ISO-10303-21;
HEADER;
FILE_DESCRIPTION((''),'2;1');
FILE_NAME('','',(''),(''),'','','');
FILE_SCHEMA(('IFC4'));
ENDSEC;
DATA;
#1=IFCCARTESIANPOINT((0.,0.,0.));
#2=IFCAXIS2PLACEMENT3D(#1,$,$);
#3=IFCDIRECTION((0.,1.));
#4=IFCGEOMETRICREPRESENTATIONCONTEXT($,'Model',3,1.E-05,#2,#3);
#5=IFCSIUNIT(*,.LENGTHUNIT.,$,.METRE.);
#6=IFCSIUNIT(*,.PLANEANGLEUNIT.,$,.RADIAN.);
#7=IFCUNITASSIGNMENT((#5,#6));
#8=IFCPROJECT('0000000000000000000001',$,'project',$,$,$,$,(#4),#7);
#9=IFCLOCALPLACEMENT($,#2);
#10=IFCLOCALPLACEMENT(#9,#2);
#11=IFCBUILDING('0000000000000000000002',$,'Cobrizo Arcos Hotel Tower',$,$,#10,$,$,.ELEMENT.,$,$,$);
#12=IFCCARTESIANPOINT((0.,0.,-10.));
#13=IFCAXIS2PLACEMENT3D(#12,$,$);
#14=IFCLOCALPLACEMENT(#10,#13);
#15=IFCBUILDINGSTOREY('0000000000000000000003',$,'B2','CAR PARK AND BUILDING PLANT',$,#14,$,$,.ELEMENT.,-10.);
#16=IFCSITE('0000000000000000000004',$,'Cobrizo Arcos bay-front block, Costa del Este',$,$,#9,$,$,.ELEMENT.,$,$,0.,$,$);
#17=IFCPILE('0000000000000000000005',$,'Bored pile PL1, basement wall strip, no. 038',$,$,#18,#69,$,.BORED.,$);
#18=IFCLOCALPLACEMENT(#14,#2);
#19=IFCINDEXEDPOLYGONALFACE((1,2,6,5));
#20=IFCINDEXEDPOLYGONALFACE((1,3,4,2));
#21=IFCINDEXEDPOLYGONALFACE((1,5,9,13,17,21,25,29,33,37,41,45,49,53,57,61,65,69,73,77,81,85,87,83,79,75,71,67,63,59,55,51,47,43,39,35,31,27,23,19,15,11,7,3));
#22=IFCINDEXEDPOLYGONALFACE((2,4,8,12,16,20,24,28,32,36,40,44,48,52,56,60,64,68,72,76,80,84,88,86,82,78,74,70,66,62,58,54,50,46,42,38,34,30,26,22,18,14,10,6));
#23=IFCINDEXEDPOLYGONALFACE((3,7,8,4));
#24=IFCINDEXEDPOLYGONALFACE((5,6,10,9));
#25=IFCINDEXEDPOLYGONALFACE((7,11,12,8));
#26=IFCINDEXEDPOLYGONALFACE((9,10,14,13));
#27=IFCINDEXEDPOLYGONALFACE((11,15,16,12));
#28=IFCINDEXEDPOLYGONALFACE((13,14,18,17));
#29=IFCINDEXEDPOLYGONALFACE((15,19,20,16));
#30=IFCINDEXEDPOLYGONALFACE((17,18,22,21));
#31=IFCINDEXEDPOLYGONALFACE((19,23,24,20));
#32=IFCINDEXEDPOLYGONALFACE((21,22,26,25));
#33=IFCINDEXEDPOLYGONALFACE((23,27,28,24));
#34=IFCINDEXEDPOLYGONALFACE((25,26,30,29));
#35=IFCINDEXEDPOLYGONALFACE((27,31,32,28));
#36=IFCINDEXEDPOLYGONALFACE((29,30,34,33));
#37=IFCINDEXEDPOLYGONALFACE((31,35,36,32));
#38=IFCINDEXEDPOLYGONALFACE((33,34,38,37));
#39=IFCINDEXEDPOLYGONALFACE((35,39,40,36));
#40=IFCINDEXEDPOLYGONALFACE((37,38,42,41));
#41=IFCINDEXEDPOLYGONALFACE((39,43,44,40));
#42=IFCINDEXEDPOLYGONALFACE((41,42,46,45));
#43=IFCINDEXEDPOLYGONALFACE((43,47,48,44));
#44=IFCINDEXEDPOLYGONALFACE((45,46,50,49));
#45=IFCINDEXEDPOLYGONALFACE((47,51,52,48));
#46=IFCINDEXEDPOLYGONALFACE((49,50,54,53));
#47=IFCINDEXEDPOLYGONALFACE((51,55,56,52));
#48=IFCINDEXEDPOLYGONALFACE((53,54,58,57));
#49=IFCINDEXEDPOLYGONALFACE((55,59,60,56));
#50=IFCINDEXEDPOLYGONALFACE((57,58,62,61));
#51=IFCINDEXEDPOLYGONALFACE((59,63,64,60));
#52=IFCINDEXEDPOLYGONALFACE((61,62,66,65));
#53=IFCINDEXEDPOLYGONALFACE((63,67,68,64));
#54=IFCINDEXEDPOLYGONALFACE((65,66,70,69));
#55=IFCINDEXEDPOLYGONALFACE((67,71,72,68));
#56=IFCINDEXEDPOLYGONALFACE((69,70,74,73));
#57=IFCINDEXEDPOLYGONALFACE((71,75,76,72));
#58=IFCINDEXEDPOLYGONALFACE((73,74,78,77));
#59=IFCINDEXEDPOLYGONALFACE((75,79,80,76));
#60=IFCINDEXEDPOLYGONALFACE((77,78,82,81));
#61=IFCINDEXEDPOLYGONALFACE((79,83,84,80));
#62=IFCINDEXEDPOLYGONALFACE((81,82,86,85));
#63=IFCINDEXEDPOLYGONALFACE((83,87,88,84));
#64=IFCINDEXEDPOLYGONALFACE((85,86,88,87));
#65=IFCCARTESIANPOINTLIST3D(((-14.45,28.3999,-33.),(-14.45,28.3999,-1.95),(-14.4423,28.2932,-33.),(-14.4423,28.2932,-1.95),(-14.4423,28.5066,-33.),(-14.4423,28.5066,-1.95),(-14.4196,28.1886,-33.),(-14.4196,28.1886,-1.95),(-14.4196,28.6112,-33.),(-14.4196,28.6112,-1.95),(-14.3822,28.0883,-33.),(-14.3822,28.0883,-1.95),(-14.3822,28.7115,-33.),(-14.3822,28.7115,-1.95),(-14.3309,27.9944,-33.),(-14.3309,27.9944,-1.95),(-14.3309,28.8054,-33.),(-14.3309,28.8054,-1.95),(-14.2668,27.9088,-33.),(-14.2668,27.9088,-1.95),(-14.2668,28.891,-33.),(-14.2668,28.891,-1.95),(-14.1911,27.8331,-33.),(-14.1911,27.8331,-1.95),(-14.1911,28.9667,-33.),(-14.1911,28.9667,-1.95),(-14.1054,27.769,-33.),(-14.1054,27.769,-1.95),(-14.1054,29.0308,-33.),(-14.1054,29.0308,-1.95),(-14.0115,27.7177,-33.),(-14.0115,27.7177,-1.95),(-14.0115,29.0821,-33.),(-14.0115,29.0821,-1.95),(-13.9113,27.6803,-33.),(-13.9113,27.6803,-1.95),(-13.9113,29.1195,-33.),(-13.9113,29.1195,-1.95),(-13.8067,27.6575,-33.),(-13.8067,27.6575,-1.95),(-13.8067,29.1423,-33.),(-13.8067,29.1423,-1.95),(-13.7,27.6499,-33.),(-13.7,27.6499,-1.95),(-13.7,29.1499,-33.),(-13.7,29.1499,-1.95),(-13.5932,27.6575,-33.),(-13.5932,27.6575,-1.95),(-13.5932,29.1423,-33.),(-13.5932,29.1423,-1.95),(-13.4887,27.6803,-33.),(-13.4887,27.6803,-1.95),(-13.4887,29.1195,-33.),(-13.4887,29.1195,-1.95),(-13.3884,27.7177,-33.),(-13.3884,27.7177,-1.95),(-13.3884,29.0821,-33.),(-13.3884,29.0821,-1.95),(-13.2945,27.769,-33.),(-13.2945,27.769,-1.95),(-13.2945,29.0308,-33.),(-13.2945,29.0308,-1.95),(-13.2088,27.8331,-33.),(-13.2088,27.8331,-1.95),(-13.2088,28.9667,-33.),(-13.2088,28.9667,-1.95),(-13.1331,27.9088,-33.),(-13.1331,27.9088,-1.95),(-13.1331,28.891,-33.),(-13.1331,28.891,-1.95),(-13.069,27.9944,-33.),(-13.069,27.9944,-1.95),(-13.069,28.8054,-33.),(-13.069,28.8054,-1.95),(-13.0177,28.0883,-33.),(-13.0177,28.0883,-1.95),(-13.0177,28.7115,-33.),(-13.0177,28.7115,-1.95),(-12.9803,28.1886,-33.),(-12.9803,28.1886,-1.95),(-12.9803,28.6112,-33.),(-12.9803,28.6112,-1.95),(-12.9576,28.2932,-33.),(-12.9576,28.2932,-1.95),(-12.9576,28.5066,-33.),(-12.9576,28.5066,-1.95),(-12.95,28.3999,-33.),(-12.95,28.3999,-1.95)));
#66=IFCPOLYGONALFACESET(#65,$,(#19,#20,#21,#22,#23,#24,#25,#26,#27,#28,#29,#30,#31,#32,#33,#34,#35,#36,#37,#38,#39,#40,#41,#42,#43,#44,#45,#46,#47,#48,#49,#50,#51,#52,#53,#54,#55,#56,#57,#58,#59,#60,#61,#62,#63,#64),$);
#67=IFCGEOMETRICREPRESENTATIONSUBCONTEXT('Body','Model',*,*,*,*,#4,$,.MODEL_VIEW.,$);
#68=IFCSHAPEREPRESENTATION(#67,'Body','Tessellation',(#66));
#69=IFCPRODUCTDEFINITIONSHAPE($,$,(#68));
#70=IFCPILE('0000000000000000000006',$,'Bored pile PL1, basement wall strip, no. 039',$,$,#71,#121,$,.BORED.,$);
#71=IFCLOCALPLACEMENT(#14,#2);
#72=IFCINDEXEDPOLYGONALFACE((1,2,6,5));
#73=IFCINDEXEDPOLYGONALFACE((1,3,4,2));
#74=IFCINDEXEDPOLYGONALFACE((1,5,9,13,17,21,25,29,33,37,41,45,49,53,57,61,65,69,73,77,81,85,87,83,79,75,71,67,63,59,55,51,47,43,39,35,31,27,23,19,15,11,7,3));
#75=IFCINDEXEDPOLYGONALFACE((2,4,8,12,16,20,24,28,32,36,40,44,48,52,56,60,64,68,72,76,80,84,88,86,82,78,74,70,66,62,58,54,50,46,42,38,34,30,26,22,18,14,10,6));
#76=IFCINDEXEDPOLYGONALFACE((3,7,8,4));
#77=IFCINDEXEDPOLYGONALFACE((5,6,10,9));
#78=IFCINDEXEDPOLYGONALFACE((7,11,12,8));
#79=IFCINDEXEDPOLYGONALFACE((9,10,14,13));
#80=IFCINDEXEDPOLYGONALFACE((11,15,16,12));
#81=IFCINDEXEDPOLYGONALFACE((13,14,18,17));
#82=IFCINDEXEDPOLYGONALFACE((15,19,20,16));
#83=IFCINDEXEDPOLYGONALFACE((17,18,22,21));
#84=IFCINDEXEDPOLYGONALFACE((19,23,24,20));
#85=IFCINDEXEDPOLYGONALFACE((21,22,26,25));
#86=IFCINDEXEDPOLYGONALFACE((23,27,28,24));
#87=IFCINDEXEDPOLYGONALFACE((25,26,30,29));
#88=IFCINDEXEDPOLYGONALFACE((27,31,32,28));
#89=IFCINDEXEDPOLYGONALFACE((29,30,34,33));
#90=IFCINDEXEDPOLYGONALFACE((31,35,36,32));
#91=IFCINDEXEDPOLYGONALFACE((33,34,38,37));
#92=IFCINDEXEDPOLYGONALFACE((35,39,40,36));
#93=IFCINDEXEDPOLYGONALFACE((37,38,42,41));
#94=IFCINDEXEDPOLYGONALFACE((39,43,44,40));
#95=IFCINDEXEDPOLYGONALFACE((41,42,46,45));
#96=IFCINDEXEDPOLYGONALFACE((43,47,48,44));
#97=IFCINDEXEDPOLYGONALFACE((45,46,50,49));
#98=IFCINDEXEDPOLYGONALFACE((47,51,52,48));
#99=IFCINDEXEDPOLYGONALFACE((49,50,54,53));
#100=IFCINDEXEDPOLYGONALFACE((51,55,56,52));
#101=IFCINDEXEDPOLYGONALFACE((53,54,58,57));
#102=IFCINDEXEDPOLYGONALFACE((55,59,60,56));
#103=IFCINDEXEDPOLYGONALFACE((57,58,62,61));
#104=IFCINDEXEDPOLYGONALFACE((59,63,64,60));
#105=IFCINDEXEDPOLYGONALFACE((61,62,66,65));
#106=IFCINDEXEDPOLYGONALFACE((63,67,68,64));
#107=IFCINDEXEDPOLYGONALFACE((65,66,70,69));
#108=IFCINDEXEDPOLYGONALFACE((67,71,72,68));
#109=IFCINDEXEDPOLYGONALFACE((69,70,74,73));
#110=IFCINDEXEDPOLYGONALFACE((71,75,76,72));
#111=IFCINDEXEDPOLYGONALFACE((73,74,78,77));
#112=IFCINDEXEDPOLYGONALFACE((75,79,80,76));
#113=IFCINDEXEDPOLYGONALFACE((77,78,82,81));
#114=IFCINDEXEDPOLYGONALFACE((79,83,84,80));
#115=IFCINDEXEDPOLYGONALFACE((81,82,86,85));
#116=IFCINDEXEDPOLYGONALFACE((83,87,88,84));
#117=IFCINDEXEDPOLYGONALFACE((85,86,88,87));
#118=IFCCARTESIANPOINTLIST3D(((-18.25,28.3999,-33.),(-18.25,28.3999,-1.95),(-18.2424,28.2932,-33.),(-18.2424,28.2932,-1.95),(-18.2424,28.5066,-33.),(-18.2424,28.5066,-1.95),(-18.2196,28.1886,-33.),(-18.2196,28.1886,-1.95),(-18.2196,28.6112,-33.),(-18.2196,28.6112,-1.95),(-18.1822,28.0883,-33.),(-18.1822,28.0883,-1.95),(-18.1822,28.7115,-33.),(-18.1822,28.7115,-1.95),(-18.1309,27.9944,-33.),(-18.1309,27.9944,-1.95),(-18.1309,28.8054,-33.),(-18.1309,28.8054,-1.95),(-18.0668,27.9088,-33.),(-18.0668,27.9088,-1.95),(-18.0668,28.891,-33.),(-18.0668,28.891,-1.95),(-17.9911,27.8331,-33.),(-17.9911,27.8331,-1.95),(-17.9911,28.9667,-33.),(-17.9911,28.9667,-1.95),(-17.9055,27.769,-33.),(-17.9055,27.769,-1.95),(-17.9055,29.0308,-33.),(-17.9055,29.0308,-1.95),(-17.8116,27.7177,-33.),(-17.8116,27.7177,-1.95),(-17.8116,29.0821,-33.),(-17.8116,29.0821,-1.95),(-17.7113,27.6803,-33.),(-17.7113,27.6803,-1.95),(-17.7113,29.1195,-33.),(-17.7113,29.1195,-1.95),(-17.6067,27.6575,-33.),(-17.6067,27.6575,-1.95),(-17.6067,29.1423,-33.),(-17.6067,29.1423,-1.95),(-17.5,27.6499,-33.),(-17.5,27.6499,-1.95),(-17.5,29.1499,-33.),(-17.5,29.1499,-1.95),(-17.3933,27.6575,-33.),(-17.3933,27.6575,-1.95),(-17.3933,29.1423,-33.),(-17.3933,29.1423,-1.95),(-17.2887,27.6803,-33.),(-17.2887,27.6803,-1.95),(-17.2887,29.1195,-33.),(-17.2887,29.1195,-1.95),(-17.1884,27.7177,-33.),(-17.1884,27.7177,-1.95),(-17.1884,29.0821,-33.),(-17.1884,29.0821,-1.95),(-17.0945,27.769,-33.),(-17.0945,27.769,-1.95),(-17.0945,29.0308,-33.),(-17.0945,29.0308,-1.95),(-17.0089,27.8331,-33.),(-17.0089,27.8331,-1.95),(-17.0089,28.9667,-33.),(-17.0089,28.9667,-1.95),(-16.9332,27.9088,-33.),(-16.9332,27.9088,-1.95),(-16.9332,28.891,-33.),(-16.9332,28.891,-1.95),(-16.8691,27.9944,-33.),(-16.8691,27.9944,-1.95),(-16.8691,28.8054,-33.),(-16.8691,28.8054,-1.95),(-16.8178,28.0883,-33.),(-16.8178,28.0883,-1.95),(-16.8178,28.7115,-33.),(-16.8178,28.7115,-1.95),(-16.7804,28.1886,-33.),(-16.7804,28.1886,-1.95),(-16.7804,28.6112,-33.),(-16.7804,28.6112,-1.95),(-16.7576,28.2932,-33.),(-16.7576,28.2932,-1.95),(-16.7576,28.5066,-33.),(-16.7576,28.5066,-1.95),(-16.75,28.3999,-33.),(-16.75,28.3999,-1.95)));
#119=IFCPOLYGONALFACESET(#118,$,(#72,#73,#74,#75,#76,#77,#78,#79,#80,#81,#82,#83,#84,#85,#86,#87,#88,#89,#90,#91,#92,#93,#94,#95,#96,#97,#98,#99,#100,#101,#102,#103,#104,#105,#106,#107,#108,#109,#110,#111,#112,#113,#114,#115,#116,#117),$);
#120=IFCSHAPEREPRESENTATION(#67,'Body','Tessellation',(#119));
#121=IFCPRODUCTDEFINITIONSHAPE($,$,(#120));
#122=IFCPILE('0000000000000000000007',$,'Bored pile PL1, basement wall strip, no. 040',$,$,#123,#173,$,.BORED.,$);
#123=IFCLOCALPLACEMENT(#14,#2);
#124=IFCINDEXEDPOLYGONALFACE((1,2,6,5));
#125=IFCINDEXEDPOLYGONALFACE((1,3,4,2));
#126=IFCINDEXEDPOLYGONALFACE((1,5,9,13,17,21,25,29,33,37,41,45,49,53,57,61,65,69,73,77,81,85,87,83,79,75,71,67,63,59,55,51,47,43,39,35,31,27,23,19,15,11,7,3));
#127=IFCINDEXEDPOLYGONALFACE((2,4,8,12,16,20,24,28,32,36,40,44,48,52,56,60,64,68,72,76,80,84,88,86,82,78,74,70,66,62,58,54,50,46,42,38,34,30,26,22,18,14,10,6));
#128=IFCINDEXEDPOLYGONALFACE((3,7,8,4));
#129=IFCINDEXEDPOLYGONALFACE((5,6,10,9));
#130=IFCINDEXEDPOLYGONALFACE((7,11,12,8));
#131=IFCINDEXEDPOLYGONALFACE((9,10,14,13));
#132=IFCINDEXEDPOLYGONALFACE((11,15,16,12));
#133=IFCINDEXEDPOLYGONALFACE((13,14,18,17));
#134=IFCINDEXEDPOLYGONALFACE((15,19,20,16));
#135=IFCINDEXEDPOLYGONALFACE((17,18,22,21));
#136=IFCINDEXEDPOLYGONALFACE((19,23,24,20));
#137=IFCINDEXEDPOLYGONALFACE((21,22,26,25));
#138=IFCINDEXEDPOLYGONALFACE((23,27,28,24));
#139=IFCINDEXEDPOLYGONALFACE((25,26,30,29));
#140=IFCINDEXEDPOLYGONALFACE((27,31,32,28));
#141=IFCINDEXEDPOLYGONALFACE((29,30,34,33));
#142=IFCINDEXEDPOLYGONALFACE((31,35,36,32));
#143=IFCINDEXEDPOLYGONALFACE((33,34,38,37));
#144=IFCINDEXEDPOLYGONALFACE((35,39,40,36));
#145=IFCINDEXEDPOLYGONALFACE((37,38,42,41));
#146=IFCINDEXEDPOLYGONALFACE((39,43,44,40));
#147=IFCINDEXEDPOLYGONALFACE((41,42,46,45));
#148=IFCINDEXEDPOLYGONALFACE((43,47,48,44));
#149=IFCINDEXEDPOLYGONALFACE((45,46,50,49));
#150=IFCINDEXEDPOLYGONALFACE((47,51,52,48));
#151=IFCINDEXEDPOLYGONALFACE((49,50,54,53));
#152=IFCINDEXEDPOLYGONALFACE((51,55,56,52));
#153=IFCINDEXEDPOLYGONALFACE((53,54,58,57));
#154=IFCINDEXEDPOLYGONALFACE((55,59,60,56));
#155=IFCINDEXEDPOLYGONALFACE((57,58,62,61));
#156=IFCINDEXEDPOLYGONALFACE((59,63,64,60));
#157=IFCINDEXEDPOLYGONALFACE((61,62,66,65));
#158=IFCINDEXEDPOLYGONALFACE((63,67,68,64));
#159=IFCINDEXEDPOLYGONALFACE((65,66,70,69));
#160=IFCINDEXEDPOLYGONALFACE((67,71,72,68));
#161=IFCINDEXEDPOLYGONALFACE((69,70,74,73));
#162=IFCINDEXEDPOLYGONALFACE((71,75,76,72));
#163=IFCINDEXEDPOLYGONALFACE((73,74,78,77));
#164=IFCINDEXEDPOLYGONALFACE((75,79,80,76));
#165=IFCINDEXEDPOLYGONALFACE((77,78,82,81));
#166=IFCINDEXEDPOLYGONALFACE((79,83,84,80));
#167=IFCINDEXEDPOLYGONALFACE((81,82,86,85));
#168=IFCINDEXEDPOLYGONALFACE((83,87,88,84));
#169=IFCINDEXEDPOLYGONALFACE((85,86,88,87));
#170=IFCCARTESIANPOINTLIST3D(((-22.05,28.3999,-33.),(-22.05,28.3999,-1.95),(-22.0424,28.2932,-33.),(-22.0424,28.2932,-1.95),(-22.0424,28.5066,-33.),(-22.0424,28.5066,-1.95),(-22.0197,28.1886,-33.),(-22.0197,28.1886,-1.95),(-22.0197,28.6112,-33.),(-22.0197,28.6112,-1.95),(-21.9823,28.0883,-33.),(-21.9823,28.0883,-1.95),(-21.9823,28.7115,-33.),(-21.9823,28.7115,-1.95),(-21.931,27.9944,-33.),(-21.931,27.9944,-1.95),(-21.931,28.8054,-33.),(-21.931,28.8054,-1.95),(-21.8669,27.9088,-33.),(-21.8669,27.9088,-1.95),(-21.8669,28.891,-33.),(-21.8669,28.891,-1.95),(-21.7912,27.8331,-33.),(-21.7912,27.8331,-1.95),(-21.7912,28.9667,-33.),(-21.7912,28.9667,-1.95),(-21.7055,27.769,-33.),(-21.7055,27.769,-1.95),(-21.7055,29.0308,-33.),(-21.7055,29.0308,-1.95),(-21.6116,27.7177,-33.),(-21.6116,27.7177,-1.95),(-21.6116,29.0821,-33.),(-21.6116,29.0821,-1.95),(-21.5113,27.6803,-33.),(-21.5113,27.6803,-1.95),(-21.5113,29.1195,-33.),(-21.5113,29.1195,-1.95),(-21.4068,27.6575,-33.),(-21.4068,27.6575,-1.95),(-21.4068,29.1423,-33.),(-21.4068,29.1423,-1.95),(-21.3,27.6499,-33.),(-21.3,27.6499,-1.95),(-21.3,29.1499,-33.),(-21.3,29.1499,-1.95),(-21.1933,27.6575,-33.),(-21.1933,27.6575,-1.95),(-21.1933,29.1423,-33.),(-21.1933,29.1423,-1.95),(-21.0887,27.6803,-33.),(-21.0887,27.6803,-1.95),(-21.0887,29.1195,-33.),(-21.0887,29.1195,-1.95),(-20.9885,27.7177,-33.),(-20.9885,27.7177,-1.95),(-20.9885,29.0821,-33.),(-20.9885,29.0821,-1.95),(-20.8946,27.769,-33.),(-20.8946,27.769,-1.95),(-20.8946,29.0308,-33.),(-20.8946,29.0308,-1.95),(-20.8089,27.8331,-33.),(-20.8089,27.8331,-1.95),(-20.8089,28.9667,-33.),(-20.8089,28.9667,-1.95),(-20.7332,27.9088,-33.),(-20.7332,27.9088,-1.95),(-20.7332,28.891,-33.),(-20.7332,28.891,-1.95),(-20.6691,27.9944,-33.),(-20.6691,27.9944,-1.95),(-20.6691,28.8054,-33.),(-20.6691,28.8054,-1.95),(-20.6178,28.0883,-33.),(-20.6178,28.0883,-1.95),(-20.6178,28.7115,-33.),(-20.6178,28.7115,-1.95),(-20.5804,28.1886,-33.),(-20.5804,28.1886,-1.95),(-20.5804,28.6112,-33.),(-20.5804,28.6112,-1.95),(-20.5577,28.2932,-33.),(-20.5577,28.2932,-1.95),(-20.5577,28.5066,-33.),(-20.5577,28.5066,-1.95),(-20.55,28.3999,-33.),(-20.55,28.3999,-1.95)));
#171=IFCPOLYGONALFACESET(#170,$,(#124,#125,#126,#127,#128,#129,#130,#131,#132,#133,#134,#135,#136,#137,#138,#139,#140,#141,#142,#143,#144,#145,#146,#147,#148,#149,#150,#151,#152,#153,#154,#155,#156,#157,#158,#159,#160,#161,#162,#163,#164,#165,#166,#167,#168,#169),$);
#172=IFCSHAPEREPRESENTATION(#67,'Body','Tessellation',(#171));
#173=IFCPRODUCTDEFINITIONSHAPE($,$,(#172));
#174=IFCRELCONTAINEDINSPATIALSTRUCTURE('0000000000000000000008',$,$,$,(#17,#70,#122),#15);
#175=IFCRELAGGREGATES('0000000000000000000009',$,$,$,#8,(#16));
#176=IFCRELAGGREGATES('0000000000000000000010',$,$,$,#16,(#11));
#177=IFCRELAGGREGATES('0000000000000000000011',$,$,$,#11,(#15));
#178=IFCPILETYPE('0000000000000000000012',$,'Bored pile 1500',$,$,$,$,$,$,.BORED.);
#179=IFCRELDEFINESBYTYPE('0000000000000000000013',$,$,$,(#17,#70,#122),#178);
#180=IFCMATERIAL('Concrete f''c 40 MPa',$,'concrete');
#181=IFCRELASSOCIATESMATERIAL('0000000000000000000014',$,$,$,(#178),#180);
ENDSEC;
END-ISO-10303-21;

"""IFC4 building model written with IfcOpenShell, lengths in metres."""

from ifc_helpers import new_model, si_unit, direction, frame, origin, origin_2d, place, context, subcontext, project, spatial, circle, extrude, material, material_profile, profile_set, type_object, element, save


model = new_model("IFC4")

# Units and contexts
model_context = context("Model", 3, precision=1e-05, world=origin(), true_north=direction((0.0, 1.0)))
body_context = subcontext(model_context, "Body", "Model", "MODEL_VIEW")
ifc_project = project(units=[si_unit("LENGTHUNIT", "METRE"), si_unit("PLANEANGLEUNIT", "RADIAN")], contexts=[model_context])

# Site, building, storey
site_placement = place(None, origin())
site = spatial("IfcSite", under=ifc_project, at=site_placement, Name="Cobrizo Arcos bay-front block, Costa del Este", CompositionType="ELEMENT", RefElevation=0.0)
building_placement = place(site_placement, origin())
building = spatial("IfcBuilding", under=site, at=building_placement, Name="Cobrizo Arcos Hotel Tower", CompositionType="ELEMENT")
storey_placement = place(building_placement, frame((0.0, 0.0, -10.0)))
storey = spatial("IfcBuildingStorey", under=building, at=storey_placement, Name="B2", Description="CAR PARK AND BUILDING PLANT", CompositionType="ELEMENT", Elevation=-10.0)

# Piles
ifc_material_1 = material(Name="Concrete f'c 40 MPa", Category="concrete")
ifc_material_profile = material_profile(ifc_material_1, circle(Radius=0.75, at=origin_2d()), Name="BORED PILE 1500")
ifc_profile_set = profile_set([ifc_material_profile], Name="Concrete f'c 40 MPa")
pile_type = type_object("IfcPileType", Name="Bored pile 1500", PredefinedType="BORED", material=ifc_profile_set)
for number, where, z_axis, x_axis, name in (
    (1, (-13.7, 28.3999, -1.95), (0.0, 0.0, -1.0), (1.0, 0.0, 0.0), "Bored pile PL1, basement wall strip, no. 038"),
    (2, (-17.5, 28.3999, -1.95), (0.0, 0.0, -1.0), (1.0, 0.0, 0.0), "Bored pile PL1, basement wall strip, no. 039"),
    (3, (-21.3, 28.3999, -1.95), (0.0, 0.0, -1.0), (1.0, 0.0, 0.0), "Bored pile PL1, basement wall strip, no. 040"),
):
    element("IfcPile", number, at=place(storey_placement, frame(where, z_axis=z_axis, x_axis=x_axis)), inside=storey, type_object=pile_type, Name=name, PredefinedType="BORED", context=body_context, shape_type="SweptSolid", body=[
        extrude(circle(Radius=0.75, at=origin_2d()), origin(), (0.0, 0.0, 1.0), 31.05),
    ])

save(model, "model.ifc")
